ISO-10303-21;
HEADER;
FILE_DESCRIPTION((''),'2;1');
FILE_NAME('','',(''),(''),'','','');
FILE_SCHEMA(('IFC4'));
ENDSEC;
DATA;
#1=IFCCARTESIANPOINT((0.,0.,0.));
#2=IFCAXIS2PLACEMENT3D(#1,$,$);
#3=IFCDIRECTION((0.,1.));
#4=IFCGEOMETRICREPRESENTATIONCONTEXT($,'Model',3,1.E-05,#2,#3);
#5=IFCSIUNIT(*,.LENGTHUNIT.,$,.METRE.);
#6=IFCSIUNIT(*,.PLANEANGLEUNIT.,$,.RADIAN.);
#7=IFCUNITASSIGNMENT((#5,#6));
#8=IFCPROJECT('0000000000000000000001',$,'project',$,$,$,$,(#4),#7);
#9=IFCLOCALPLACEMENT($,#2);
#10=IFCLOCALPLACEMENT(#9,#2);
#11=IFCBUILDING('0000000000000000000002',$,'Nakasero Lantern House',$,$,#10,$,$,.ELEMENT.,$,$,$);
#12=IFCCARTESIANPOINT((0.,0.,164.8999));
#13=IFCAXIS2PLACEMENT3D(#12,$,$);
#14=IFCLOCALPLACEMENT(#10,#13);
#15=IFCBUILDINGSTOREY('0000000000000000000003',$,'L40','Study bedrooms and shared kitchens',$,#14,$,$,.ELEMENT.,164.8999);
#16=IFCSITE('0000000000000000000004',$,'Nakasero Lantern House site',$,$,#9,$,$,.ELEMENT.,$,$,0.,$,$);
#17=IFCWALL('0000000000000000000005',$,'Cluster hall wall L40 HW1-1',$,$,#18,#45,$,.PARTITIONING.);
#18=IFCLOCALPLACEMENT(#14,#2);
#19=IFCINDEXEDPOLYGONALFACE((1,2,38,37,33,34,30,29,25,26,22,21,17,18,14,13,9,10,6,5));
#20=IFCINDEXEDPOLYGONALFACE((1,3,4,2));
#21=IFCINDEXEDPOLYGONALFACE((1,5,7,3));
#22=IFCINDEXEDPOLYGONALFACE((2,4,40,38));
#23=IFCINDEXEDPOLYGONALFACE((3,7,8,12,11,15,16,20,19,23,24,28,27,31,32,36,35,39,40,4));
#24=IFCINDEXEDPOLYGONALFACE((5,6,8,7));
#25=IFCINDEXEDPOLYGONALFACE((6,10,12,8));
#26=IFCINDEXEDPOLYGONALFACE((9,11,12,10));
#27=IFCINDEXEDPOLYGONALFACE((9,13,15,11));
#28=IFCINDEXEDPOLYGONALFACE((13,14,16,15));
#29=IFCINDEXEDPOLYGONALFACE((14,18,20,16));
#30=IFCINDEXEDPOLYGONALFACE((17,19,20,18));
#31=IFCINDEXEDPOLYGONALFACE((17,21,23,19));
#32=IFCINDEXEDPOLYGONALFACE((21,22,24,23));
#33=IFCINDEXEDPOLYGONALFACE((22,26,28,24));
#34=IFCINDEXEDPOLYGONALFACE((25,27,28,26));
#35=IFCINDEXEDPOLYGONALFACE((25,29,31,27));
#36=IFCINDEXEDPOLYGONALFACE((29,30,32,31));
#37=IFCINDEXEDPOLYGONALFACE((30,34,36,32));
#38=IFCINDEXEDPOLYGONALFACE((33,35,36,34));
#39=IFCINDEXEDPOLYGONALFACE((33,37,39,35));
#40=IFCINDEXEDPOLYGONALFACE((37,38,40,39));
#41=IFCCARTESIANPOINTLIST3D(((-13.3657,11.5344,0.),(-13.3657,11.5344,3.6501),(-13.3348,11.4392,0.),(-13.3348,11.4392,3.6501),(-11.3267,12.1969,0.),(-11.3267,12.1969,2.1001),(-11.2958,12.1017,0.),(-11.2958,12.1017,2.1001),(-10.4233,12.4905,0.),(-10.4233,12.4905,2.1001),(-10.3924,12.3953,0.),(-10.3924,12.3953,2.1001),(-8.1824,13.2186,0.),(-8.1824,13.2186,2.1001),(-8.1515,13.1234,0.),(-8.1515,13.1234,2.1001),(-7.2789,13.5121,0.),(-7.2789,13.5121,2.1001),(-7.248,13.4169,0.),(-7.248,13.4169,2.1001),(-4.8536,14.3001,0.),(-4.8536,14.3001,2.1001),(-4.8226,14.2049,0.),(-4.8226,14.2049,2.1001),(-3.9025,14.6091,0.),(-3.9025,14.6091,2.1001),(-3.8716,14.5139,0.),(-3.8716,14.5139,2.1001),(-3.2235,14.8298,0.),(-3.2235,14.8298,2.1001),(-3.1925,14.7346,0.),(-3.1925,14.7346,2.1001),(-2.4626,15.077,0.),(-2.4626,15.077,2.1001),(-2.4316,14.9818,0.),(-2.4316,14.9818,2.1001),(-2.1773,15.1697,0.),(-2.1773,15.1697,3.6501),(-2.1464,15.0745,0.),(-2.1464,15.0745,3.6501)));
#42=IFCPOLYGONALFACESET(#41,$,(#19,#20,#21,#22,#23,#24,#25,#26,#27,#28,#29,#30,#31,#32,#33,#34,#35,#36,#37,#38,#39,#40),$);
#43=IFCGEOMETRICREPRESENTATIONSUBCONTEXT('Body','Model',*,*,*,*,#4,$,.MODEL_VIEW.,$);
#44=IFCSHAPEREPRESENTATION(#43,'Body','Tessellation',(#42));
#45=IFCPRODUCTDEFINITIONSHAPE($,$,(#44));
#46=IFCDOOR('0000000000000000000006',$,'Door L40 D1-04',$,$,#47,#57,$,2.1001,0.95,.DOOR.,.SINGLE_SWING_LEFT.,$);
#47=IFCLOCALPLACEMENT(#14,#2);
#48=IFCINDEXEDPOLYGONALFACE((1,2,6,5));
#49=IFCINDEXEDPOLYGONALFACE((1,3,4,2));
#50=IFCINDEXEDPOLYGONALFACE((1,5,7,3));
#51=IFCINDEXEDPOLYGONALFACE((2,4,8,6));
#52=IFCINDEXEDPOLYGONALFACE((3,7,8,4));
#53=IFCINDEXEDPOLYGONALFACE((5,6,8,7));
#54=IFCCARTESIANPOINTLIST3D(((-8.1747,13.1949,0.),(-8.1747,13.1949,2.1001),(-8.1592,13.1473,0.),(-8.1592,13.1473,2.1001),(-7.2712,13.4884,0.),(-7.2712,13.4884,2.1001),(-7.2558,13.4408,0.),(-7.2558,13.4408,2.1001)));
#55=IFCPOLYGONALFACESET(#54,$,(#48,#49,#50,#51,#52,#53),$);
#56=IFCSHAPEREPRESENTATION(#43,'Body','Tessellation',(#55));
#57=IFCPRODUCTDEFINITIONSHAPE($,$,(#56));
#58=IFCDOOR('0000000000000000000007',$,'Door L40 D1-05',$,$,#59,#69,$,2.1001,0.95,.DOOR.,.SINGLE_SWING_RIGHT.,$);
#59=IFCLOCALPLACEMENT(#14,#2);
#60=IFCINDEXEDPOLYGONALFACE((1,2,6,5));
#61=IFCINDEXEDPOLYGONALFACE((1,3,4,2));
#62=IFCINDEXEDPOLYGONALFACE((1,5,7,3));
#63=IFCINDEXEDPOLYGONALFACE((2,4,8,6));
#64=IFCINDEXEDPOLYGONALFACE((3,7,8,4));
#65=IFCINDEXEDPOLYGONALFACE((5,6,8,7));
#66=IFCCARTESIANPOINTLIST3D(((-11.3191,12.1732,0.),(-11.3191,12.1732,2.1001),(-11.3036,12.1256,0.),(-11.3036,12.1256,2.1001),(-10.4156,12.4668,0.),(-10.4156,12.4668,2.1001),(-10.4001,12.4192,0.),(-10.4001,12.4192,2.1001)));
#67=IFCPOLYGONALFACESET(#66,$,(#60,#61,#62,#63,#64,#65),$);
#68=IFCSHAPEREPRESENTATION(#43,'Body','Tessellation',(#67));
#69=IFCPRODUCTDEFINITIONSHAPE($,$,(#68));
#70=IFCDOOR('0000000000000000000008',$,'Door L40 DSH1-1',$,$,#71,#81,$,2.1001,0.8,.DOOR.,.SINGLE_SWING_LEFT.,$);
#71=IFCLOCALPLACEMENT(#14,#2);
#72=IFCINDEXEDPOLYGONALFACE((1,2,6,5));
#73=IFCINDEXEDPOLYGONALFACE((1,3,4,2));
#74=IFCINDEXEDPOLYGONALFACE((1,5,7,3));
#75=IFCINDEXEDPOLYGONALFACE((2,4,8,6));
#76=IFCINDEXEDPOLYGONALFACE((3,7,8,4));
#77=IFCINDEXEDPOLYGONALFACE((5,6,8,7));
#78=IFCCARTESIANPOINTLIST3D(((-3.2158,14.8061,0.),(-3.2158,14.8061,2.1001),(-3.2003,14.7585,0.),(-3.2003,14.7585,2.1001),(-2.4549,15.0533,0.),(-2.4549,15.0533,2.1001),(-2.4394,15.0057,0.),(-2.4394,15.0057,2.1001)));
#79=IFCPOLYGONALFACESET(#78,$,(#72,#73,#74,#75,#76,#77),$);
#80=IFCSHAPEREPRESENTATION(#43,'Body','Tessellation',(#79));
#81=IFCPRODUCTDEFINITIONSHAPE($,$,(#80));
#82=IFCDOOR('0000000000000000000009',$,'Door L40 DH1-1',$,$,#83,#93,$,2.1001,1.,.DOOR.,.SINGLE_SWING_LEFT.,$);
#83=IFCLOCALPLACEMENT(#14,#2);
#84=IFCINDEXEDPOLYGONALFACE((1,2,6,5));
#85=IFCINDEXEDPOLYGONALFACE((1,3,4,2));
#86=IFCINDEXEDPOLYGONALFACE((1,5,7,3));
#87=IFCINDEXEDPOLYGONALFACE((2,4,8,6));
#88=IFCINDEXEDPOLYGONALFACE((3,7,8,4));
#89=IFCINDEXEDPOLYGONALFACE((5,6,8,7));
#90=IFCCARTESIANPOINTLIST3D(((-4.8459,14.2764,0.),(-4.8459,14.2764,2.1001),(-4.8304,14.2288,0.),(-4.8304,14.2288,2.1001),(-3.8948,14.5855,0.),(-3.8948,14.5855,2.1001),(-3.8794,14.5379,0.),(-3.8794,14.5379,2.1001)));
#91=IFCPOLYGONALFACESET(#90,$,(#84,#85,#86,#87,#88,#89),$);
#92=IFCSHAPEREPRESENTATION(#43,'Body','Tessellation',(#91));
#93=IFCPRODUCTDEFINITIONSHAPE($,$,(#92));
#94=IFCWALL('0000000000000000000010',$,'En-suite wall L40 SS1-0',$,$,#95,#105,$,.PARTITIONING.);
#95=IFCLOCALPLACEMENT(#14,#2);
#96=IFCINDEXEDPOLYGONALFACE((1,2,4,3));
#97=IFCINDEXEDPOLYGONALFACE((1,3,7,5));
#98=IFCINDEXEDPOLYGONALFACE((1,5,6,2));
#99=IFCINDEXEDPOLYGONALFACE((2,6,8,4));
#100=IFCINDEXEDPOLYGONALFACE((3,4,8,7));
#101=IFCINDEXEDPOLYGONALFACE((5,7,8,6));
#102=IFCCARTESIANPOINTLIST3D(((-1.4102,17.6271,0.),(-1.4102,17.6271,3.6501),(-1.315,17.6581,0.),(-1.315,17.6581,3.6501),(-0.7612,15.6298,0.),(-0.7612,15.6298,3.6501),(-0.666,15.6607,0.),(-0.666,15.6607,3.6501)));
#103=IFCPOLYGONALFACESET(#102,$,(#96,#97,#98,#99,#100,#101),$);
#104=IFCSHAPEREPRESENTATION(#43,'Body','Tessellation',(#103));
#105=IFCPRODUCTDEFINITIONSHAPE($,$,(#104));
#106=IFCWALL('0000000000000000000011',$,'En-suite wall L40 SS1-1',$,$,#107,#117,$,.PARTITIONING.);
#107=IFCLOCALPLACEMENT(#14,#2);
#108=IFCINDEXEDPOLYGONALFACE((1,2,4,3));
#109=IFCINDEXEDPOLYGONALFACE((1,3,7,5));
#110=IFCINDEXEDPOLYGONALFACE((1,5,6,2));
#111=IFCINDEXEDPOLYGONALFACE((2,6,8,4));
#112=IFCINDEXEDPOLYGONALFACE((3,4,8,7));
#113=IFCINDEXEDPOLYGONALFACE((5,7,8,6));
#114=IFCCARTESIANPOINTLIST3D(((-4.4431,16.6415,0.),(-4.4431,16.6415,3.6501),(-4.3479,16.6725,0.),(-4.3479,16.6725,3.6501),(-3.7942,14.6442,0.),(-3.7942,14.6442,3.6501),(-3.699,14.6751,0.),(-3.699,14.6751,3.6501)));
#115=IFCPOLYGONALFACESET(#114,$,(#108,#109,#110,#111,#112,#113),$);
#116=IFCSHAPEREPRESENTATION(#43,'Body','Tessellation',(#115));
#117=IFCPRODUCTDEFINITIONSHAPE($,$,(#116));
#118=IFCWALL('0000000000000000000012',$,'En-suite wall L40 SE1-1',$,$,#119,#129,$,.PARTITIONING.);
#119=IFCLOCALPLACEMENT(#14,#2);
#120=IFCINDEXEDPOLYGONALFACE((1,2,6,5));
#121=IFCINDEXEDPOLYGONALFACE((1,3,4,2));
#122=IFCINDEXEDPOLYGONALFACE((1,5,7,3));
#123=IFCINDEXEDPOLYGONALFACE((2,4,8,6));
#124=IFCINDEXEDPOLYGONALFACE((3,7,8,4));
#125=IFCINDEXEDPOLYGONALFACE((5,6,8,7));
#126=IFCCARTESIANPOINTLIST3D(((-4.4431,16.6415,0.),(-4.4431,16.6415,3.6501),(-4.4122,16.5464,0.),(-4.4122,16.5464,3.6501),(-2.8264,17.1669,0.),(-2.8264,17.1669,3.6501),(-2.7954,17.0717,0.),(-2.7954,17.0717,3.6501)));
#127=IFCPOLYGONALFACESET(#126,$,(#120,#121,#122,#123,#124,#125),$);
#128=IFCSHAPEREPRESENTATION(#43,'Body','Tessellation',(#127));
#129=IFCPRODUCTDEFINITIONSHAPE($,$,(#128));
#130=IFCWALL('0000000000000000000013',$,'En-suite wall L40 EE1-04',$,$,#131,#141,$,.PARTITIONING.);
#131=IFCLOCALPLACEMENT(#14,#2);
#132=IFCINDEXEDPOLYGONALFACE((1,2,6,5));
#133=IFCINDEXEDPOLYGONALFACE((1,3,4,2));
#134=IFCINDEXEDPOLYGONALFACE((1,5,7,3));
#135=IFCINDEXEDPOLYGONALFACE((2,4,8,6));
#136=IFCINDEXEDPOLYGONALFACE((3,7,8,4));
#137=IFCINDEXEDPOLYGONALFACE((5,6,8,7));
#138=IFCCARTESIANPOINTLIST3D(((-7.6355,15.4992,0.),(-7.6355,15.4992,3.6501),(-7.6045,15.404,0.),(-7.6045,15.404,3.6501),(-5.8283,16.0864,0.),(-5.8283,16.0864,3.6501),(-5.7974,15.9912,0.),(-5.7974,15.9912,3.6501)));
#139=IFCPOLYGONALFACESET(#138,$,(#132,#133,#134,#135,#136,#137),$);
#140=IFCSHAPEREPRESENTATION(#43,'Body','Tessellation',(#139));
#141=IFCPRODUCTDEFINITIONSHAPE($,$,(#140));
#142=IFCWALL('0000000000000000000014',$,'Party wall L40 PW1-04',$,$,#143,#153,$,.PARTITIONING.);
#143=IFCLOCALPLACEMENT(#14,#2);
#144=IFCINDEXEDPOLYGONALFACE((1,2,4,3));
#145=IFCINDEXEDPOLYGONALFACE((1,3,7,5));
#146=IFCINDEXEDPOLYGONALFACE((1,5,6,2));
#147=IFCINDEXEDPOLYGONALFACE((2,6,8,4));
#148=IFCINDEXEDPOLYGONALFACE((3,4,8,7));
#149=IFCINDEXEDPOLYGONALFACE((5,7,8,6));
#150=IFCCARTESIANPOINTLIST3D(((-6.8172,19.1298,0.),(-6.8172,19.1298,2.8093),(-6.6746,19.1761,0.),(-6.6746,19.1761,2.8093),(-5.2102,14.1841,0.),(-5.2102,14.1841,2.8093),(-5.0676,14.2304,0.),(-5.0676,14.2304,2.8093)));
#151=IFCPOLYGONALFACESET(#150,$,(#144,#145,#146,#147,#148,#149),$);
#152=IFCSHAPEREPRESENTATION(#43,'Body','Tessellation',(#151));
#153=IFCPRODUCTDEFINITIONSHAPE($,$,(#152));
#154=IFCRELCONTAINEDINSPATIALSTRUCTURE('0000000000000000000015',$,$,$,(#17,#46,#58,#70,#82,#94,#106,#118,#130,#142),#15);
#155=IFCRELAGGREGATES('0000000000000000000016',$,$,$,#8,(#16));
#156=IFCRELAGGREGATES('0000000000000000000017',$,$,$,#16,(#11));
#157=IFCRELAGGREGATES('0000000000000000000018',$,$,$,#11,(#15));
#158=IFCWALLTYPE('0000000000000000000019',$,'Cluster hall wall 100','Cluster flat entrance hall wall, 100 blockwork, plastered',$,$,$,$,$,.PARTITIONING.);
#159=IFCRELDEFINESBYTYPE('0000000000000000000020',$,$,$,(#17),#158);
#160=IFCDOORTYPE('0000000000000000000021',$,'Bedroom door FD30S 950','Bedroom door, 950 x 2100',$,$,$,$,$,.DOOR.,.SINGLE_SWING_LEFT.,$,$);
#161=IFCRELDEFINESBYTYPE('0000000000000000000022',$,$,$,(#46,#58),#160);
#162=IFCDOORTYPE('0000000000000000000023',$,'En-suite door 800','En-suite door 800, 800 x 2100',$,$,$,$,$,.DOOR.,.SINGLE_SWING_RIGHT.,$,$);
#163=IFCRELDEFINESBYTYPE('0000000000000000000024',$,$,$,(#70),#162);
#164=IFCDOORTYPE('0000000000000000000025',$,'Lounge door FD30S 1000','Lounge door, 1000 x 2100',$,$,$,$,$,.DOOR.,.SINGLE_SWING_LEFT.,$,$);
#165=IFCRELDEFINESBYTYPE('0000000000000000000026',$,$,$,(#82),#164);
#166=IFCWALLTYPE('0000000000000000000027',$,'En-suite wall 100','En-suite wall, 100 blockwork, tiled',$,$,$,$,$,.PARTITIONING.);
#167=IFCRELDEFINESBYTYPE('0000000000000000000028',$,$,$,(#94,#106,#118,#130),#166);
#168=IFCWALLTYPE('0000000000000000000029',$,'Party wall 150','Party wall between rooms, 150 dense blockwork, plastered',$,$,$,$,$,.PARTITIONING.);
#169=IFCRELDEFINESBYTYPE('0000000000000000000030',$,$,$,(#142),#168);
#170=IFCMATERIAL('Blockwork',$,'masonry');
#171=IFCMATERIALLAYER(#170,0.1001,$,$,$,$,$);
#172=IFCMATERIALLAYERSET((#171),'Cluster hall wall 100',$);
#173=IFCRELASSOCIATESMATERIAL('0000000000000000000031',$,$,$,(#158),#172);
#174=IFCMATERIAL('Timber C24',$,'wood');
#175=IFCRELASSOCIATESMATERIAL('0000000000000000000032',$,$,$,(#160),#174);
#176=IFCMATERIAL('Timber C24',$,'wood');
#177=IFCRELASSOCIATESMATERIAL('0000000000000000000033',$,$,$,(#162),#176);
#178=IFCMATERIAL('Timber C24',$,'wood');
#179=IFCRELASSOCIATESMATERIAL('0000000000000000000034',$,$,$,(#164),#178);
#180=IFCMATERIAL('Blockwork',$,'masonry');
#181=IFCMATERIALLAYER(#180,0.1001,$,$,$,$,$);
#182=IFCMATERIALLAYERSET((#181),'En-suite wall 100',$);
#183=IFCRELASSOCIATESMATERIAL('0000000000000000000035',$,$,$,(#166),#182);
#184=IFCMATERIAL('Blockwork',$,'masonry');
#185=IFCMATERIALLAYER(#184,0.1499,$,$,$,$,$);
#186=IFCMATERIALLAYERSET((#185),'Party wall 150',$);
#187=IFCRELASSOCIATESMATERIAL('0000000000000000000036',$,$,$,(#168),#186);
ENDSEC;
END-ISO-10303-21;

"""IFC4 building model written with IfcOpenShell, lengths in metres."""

from ifc_helpers import new_model, si_unit, direction, frame, frame_2d, origin, place, context, subcontext, project, spatial, rectangle, extrude, material, layer, layer_set, type_object, element, fill, save


model = new_model("IFC4")

# Units and contexts
model_context = context("Model", 3, precision=1e-05, world=origin(), true_north=direction((0.0, 1.0)))
body_context = subcontext(model_context, "Body", "Model", "MODEL_VIEW")
ifc_project = project(units=[si_unit("LENGTHUNIT", "METRE"), si_unit("PLANEANGLEUNIT", "RADIAN")], contexts=[model_context])

# Site, building, storey
site_placement = place(None, origin())
site = spatial("IfcSite", under=ifc_project, at=site_placement, Name="Nakasero Lantern House site", CompositionType="ELEMENT", RefElevation=0.0)
building_placement = place(site_placement, origin())
building = spatial("IfcBuilding", under=site, at=building_placement, Name="Nakasero Lantern House", CompositionType="ELEMENT")
storey_placement = place(building_placement, frame((0.0, 0.0, 164.8999)))
storey = spatial("IfcBuildingStorey", under=building, at=storey_placement, Name="L40", Description="Study bedrooms and shared kitchens", CompositionType="ELEMENT", Elevation=164.8999)

# Wall, openings, doors
ifc_material_1 = material(Name="Blockwork", Category="masonry")
ifc_layer_1 = layer(ifc_material_1, 0.1001)
ifc_layer_set_1 = layer_set([ifc_layer_1], Name="Cluster hall wall 100")
wall_type_1 = type_object("IfcWallType", Name="Cluster hall wall 100", Description="Cluster flat entrance hall wall, 100 blockwork, plastered", PredefinedType="PARTITIONING", material=ifc_layer_set_1)
wall_1_placement = place(storey_placement, frame((-2.1619, 15.1221, 0.0), z_axis=(0.0, 0.0, 1.0), x_axis=(-0.951059, -0.309009, 0.0)))
wall_1 = element("IfcWall", 1, at=wall_1_placement, inside=storey, type_object=wall_type_1, Name="Cluster hall wall L40 HW1-1", PredefinedType="PARTITIONING", context=body_context, shape_type="SweptSolid", body=[
    extrude(rectangle(XDim=11.7642, YDim=0.1001, at=frame_2d((5.8821, 0.0))), origin(), (0.0, 0.0, 1.0), 3.6501),
])
opening_1_placement = place(wall_1_placement, frame((1.814, 0.0, 0.0)))
opening_1 = element("IfcOpeningElement", 2, at=opening_1_placement, cuts=wall_1, PredefinedType="OPENING", context=body_context, shape_type="SweptSolid", body=[
    extrude(rectangle(XDim=1.0, YDim=2.1001, at=frame_2d((0.5, 1.05))), frame((0.0, 0.0701, 0.0), z_axis=(0.0, -1.0, 0.0), x_axis=(1.0, 0.0, 0.0)), (0.0, 0.0, 1.0), 0.1401),
])
opening_2_placement = place(wall_1_placement, frame((0.3, 0.0, 0.0)))
opening_2 = element("IfcOpeningElement", 3, at=opening_2_placement, cuts=wall_1, PredefinedType="OPENING", context=body_context, shape_type="SweptSolid", body=[
    extrude(rectangle(XDim=0.8, YDim=2.1001, at=frame_2d((0.3999, 1.05))), frame((0.0, 0.0701, 0.0), z_axis=(0.0, -1.0, 0.0), x_axis=(1.0, 0.0, 0.0)), (0.0, 0.0, 1.0), 0.1401),
])
opening_3_placement = place(wall_1_placement, frame((5.364, 0.0, 0.0)))
opening_3 = element("IfcOpeningElement", 4, at=opening_3_placement, cuts=wall_1, PredefinedType="OPENING", context=body_context, shape_type="SweptSolid", body=[
    extrude(rectangle(XDim=0.95, YDim=2.1001, at=frame_2d((0.4751, 1.05))), frame((0.0, 0.0701, 0.0), z_axis=(0.0, -1.0, 0.0), x_axis=(1.0, 0.0, 0.0)), (0.0, 0.0, 1.0), 0.1401),
])
opening_4_placement = place(wall_1_placement, frame((8.6702, 0.0, 0.0)))
opening_4 = element("IfcOpeningElement", 5, at=opening_4_placement, cuts=wall_1, PredefinedType="OPENING", context=body_context, shape_type="SweptSolid", body=[
    extrude(rectangle(XDim=0.95, YDim=2.1001, at=frame_2d((0.4751, 1.05))), frame((0.0, 0.0701, 0.0), z_axis=(0.0, -1.0, 0.0), x_axis=(1.0, 0.0, 0.0)), (0.0, 0.0, 1.0), 0.1401),
])
ifc_material_2 = material(Name="Timber C24", Category="wood")
door_type_1 = type_object("IfcDoorType", Name="Bedroom door FD30S 950", Description="Bedroom door, 950 x 2100", OperationType="SINGLE_SWING_LEFT", PredefinedType="DOOR", material=ifc_material_2)
door_1_placement = place(opening_3_placement, origin())
door_1 = element("IfcDoor", 6, at=door_1_placement, inside=storey, type_object=door_type_1, Name="Door L40 D1-04", OperationType="SINGLE_SWING_LEFT", OverallHeight=2.1001, OverallWidth=0.95, PredefinedType="DOOR", context=body_context, shape_type="SweptSolid", body=[
    extrude(rectangle(XDim=0.95, YDim=2.1001, at=frame_2d((0.4751, 1.05))), frame((0.0, 0.0249, 0.0), z_axis=(0.0, -1.0, 0.0), x_axis=(1.0, 0.0, 0.0)), (0.0, 0.0, 1.0), 0.05),
])
fill(opening_3, door_1)
door_2_placement = place(opening_4_placement, origin())
door_2 = element("IfcDoor", 7, at=door_2_placement, inside=storey, type_object=door_type_1, Name="Door L40 D1-05", OperationType="SINGLE_SWING_RIGHT", OverallHeight=2.1001, OverallWidth=0.95, PredefinedType="DOOR", context=body_context, shape_type="SweptSolid", body=[
    extrude(rectangle(XDim=0.95, YDim=2.1001, at=frame_2d((0.4751, 1.05))), frame((0.0, 0.0249, 0.0), z_axis=(0.0, -1.0, 0.0), x_axis=(1.0, 0.0, 0.0)), (0.0, 0.0, 1.0), 0.05),
])
fill(opening_4, door_2)
ifc_material_3 = material(Name="Timber C24", Category="wood")
door_type_2 = type_object("IfcDoorType", Name="En-suite door 800", Description="En-suite door 800, 800 x 2100", OperationType="SINGLE_SWING_RIGHT", PredefinedType="DOOR", material=ifc_material_3)
door_3_placement = place(opening_2_placement, origin())
door_3 = element("IfcDoor", 8, at=door_3_placement, inside=storey, type_object=door_type_2, Name="Door L40 DSH1-1", OperationType="SINGLE_SWING_LEFT", OverallHeight=2.1001, OverallWidth=0.8, PredefinedType="DOOR", context=body_context, shape_type="SweptSolid", body=[
    extrude(rectangle(XDim=0.8, YDim=2.1001, at=frame_2d((0.3999, 1.05))), frame((0.0, 0.0249, 0.0), z_axis=(0.0, -1.0, 0.0), x_axis=(1.0, 0.0, 0.0)), (0.0, 0.0, 1.0), 0.05),
])
fill(opening_2, door_3)
ifc_material_4 = material(Name="Timber C24", Category="wood")
door_type_3 = type_object("IfcDoorType", Name="Lounge door FD30S 1000", Description="Lounge door, 1000 x 2100", OperationType="SINGLE_SWING_LEFT", PredefinedType="DOOR", material=ifc_material_4)
door_4_placement = place(opening_1_placement, origin())
door_4 = element("IfcDoor", 9, at=door_4_placement, inside=storey, type_object=door_type_3, Name="Door L40 DH1-1", OperationType="SINGLE_SWING_LEFT", OverallHeight=2.1001, OverallWidth=1.0, PredefinedType="DOOR", context=body_context, shape_type="SweptSolid", body=[
    extrude(rectangle(XDim=1.0, YDim=2.1001, at=frame_2d((0.5, 1.05))), frame((0.0, 0.0249, 0.0), z_axis=(0.0, -1.0, 0.0), x_axis=(1.0, 0.0, 0.0)), (0.0, 0.0, 1.0), 0.05),
])
fill(opening_1, door_4)

# Walls
ifc_material_5 = material(Name="Blockwork", Category="masonry")
ifc_layer_2 = layer(ifc_material_5, 0.1001)
ifc_layer_set_2 = layer_set([ifc_layer_2], Name="En-suite wall 100")
wall_type_2 = type_object("IfcWallType", Name="En-suite wall 100", Description="En-suite wall, 100 blockwork, tiled", PredefinedType="PARTITIONING", material=ifc_layer_set_2)
for number, where, z_axis, x_axis, name in (
    (10, (-0.7136, 15.6453, 0.0), (0.0, 0.0, 1.0), (-0.308999, 0.951062, 0.0), "En-suite wall L40 SS1-0"),
    (11, (-3.7466, 14.6597, 0.0), (0.0, 0.0, 1.0), (-0.308999, 0.951062, 0.0), "En-suite wall L40 SS1-1"),
):
    element("IfcWall", number, at=place(storey_placement, frame(where, z_axis=z_axis, x_axis=x_axis)), inside=storey, type_object=wall_type_2, Name=name, PredefinedType="PARTITIONING", context=body_context, shape_type="SweptSolid", body=[
        extrude(rectangle(XDim=2.1001, YDim=0.1001, at=frame_2d((1.05, 0.0))), origin(), (0.0, 0.0, 1.0), 3.6501),
    ])
wall_2_placement = place(storey_placement, frame((-2.8108, 17.1194, 0.0), z_axis=(0.0, 0.0, 1.0), x_axis=(-0.95104, -0.309067, 0.0)))
element("IfcWall", 12, at=wall_2_placement, inside=storey, type_object=wall_type_2, Name="En-suite wall L40 SE1-1", PredefinedType="PARTITIONING", context=body_context, shape_type="SweptSolid", body=[
    extrude(rectangle(XDim=1.7, YDim=0.1001, at=frame_2d((0.8501, 0.0))), origin(), (0.0, 0.0, 1.0), 3.6501),
])
wall_3_placement = place(storey_placement, frame((-5.8127, 16.0388, 0.0), z_axis=(0.0, 0.0, 1.0), x_axis=(-0.951059, -0.309011, 0.0)))
element("IfcWall", 13, at=wall_3_placement, inside=storey, type_object=wall_type_2, Name="En-suite wall L40 EE1-04", PredefinedType="PARTITIONING", context=body_context, shape_type="SweptSolid", body=[
    extrude(rectangle(XDim=1.9001, YDim=0.1001, at=frame_2d((0.9502, 0.0))), origin(), (0.0, 0.0, 1.0), 3.6501),
])
ifc_material_6 = material(Name="Blockwork", Category="masonry")
ifc_layer_3 = layer(ifc_material_6, 0.1499)
ifc_layer_set_3 = layer_set([ifc_layer_3], Name="Party wall 150")
wall_type_3 = type_object("IfcWallType", Name="Party wall 150", Description="Party wall between rooms, 150 dense blockwork, plastered", PredefinedType="PARTITIONING", material=ifc_layer_set_3)
wall_4_placement = place(storey_placement, frame((-5.1389, 14.2073, 0.0), z_axis=(0.0, 0.0, 1.0), x_axis=(-0.309021, 0.951055, 0.0)))
element("IfcWall", 14, at=wall_4_placement, inside=storey, type_object=wall_type_3, Name="Party wall L40 PW1-04", PredefinedType="PARTITIONING", context=body_context, shape_type="SweptSolid", body=[
    extrude(rectangle(XDim=5.2002, YDim=0.1499, at=frame_2d((2.6001, 0.0))), origin(), (0.0, 0.0, 1.0), 2.8093),
])

save(model, "model.ifc")
